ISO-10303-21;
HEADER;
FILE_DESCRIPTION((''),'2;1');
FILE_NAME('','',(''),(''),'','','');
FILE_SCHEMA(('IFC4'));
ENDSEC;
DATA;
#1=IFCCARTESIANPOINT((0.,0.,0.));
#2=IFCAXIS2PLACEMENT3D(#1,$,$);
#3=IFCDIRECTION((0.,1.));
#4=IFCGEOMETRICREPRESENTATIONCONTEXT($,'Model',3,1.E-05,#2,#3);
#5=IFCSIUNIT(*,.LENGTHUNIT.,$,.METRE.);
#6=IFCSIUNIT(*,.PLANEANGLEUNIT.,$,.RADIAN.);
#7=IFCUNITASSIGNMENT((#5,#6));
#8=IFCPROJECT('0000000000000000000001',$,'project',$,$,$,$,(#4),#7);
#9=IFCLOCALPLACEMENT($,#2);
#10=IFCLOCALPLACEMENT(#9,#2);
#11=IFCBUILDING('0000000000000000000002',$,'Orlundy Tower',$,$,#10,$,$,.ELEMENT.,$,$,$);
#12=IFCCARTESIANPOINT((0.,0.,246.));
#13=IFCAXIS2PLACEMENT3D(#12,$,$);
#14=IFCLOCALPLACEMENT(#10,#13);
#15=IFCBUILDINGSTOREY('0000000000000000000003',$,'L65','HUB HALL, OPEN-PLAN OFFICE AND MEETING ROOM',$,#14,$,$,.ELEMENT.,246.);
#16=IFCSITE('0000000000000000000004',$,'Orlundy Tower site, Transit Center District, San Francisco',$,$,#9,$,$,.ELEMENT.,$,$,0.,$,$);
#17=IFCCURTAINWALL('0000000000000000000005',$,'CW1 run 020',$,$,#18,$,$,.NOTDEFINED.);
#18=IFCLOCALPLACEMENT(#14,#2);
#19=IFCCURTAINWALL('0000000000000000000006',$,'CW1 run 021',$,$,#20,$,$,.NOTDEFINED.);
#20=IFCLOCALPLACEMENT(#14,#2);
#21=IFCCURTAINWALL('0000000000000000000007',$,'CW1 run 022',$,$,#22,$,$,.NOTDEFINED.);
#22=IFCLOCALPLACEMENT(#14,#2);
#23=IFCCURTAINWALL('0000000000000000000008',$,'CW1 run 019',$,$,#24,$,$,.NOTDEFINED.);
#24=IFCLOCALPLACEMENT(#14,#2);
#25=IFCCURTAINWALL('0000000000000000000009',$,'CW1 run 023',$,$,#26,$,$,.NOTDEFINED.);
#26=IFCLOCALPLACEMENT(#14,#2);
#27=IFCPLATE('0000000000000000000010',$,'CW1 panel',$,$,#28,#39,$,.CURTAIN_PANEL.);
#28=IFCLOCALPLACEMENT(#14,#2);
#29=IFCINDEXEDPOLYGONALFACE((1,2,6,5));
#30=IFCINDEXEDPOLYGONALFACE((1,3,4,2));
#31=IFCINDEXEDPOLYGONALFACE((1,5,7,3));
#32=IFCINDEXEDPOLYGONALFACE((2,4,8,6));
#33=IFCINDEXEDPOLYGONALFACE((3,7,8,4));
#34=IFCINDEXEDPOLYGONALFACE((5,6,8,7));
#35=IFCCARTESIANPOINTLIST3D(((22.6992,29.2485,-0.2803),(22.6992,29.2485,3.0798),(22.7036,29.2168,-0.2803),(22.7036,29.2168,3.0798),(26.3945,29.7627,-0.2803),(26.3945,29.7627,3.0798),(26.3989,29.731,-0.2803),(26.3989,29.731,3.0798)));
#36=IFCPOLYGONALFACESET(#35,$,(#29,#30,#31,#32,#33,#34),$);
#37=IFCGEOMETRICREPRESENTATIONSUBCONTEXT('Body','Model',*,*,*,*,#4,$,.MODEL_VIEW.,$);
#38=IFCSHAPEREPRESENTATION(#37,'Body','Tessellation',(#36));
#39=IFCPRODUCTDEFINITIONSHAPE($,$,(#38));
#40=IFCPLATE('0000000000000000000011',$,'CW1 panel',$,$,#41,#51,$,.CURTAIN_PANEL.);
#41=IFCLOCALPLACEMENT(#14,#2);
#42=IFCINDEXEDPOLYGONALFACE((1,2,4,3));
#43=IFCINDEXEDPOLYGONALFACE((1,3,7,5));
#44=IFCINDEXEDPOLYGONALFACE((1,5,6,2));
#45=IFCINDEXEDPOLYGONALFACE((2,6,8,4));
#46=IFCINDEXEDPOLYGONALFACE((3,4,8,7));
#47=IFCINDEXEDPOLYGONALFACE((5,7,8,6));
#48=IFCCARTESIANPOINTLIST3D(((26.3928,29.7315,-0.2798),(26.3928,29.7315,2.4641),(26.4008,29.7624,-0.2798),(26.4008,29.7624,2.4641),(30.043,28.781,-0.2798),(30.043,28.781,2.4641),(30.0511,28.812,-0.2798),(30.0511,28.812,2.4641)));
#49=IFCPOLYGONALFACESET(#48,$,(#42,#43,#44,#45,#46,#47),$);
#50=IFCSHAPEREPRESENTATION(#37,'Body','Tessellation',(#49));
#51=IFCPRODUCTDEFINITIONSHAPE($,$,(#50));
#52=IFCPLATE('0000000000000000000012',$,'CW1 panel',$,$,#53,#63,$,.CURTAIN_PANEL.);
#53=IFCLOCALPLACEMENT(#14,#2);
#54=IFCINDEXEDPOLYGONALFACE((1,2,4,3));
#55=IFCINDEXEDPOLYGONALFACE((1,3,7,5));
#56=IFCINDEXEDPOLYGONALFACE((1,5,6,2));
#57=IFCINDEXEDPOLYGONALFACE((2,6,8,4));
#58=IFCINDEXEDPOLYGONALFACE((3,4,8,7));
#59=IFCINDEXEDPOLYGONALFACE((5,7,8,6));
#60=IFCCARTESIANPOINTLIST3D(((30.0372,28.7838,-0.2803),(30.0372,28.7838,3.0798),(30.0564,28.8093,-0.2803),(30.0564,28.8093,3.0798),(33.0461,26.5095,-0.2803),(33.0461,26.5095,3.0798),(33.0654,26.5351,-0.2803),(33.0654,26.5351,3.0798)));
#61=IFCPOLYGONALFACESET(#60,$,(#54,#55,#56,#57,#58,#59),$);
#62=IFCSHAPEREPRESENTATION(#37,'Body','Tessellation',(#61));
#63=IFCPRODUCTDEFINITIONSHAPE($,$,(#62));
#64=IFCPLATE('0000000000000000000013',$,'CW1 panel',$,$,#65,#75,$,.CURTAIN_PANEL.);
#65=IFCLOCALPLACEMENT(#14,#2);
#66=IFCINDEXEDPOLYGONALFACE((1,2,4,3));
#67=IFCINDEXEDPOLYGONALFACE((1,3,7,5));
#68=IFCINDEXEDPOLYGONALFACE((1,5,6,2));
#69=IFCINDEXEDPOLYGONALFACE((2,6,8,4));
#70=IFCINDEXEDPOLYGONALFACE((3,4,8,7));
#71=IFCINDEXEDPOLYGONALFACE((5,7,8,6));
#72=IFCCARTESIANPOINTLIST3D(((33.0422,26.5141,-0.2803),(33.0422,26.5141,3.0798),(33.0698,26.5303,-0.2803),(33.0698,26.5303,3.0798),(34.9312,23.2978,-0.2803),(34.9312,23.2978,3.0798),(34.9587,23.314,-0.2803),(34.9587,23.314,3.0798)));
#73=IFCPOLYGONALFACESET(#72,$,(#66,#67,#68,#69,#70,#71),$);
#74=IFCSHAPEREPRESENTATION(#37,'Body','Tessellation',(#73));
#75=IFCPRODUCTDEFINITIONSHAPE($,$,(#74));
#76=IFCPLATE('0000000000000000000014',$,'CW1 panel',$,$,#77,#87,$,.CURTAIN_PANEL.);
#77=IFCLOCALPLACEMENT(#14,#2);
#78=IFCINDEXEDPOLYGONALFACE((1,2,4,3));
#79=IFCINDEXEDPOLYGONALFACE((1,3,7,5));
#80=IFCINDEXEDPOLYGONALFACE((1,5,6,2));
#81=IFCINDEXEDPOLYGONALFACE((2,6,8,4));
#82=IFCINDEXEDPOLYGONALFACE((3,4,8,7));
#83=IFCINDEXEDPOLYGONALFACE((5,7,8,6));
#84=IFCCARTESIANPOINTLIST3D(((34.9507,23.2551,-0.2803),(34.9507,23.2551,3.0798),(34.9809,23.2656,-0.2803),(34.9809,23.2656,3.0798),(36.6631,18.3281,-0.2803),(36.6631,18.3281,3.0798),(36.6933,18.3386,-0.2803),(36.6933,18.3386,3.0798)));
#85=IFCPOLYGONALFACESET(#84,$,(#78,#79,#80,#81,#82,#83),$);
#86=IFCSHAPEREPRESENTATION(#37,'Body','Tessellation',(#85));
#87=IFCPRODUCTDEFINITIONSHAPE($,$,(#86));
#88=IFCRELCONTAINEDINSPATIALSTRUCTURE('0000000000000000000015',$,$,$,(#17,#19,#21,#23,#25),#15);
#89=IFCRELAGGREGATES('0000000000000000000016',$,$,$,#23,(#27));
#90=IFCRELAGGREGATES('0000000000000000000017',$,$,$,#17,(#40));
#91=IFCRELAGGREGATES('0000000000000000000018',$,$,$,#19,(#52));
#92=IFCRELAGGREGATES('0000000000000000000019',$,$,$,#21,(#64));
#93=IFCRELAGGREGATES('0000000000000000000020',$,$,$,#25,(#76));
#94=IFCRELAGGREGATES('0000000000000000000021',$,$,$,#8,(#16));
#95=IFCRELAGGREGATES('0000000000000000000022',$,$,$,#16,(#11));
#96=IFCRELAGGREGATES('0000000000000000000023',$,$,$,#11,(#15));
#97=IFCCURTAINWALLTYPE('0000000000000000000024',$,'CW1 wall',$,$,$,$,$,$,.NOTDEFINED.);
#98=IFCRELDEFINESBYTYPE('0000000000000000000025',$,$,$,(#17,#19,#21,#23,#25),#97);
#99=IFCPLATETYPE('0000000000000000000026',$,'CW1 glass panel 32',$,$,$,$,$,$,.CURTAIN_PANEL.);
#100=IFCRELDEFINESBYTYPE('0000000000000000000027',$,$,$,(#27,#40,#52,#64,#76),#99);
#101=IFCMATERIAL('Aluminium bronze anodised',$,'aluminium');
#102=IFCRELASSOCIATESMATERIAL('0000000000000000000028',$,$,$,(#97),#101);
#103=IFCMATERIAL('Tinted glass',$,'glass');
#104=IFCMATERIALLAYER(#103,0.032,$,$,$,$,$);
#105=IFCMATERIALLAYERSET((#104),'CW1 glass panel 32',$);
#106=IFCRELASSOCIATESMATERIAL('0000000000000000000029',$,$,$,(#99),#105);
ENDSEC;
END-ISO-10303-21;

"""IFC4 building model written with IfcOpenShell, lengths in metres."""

from ifc_helpers import new_model, si_unit, direction, frame, origin, origin_2d, place, context, subcontext, project, spatial, rectangle, extrude, material, layer, layer_set, type_object, element, aggregate, save


model = new_model("IFC4")

# Units and contexts
model_context = context("Model", 3, precision=1e-05, world=origin(), true_north=direction((0.0, 1.0)))
body_context = subcontext(model_context, "Body", "Model", "MODEL_VIEW")
ifc_project = project(units=[si_unit("LENGTHUNIT", "METRE"), si_unit("PLANEANGLEUNIT", "RADIAN")], contexts=[model_context])

# Site, building, storey
site_placement = place(None, origin())
site = spatial("IfcSite", under=ifc_project, at=site_placement, Name="Orlundy Tower site, Transit Center District, San Francisco", CompositionType="ELEMENT", RefElevation=0.0)
building_placement = place(site_placement, origin())
building = spatial("IfcBuilding", under=site, at=building_placement, Name="Orlundy Tower", CompositionType="ELEMENT")
storey_placement = place(building_placement, frame((0.0, 0.0, 246.0)))
storey = spatial("IfcBuildingStorey", under=building, at=storey_placement, Name="L65", Description="HUB HALL, OPEN-PLAN OFFICE AND MEETING ROOM", CompositionType="ELEMENT", Elevation=246.0)

# Curtain walls
ifc_material_1 = material(Name="Aluminium bronze anodised", Category="aluminium")
curtain_wall_type = type_object("IfcCurtainWallType", Name="CW1 wall", PredefinedType="NOTDEFINED", material=ifc_material_1)
curtain_wall_1_placement = place(storey_placement, origin())
curtain_wall_1 = element("IfcCurtainWall", 1, at=curtain_wall_1_placement, inside=storey, type_object=curtain_wall_type, Name="CW1 run 020", PredefinedType="NOTDEFINED")
curtain_wall_2_placement = place(storey_placement, origin())
curtain_wall_2 = element("IfcCurtainWall", 2, at=curtain_wall_2_placement, inside=storey, type_object=curtain_wall_type, Name="CW1 run 021", PredefinedType="NOTDEFINED")
curtain_wall_3_placement = place(storey_placement, origin())
curtain_wall_3 = element("IfcCurtainWall", 3, at=curtain_wall_3_placement, inside=storey, type_object=curtain_wall_type, Name="CW1 run 022", PredefinedType="NOTDEFINED")
curtain_wall_4_placement = place(storey_placement, origin())
curtain_wall_4 = element("IfcCurtainWall", 4, at=curtain_wall_4_placement, inside=storey, type_object=curtain_wall_type, Name="CW1 run 019", PredefinedType="NOTDEFINED")
curtain_wall_5_placement = place(storey_placement, origin())
curtain_wall_5 = element("IfcCurtainWall", 5, at=curtain_wall_5_placement, inside=storey, type_object=curtain_wall_type, Name="CW1 run 023", PredefinedType="NOTDEFINED")

# Shared definitions
ifc_material_2 = material(Name="Tinted glass", Category="glass")
ifc_layer = layer(ifc_material_2, 0.032)
ifc_layer_set = layer_set([ifc_layer], Name="CW1 glass panel 32")
plate_type = type_object("IfcPlateType", Name="CW1 glass panel 32", PredefinedType="CURTAIN_PANEL", material=ifc_layer_set)

# Plates
plate_1_placement = place(storey_placement, frame((24.5491, 29.4897, -0.2803), z_axis=(0.0, 0.0, 1.0), x_axis=(0.990455, 0.137833, 0.0)))
plate_1 = element("IfcPlate", 6, at=plate_1_placement, type_object=plate_type, Name="CW1 panel", PredefinedType="CURTAIN_PANEL", context=body_context, shape_type="SweptSolid", body=[
    extrude(rectangle(XDim=3.731, YDim=0.032, at=origin_2d()), origin(), (0.0, 0.0, 1.0), 3.3601),
])
aggregate(curtain_wall_4, [plate_1])
plate_2_placement = place(storey_placement, frame((28.2219, 29.2717, -0.2798), z_axis=(0.0, 0.0, 1.0), x_axis=(0.967732, -0.251983, 0.0)))
plate_2 = element("IfcPlate", 7, at=plate_2_placement, type_object=plate_type, Name="CW1 panel", PredefinedType="CURTAIN_PANEL", context=body_context, shape_type="SweptSolid", body=[
    extrude(rectangle(XDim=3.772, YDim=0.032, at=origin_2d()), origin(), (0.0, 0.0, 1.0), 2.7439),
])
aggregate(curtain_wall_1, [plate_2])
plate_3_placement = place(storey_placement, frame((31.5513, 27.6594, -0.2803), z_axis=(0.0, 0.0, 1.0), x_axis=(0.797761, -0.602974, 0.0)))
plate_3 = element("IfcPlate", 8, at=plate_3_placement, type_object=plate_type, Name="CW1 panel", PredefinedType="CURTAIN_PANEL", context=body_context, shape_type="SweptSolid", body=[
    extrude(rectangle(XDim=3.7717, YDim=0.032, at=origin_2d()), origin(), (0.0, 0.0, 1.0), 3.3601),
])
aggregate(curtain_wall_2, [plate_3])
plate_4_placement = place(storey_placement, frame((34.0005, 24.9141, -0.2803), z_axis=(0.0, 0.0, 1.0), x_axis=(0.506419, -0.862288, 0.0)))
plate_4 = element("IfcPlate", 9, at=plate_4_placement, type_object=plate_type, Name="CW1 panel", PredefinedType="CURTAIN_PANEL", context=body_context, shape_type="SweptSolid", body=[
    extrude(rectangle(XDim=3.73, YDim=0.032, at=origin_2d()), origin(), (0.0, 0.0, 1.0), 3.3601),
])
aggregate(curtain_wall_3, [plate_4])
plate_5_placement = place(storey_placement, frame((35.822, 20.7969, -0.2803), z_axis=(0.0, 0.0, 1.0), x_axis=(0.328288, -0.944578, 0.0)))
plate_5 = element("IfcPlate", 10, at=plate_5_placement, type_object=plate_type, Name="CW1 panel", PredefinedType="CURTAIN_PANEL", context=body_context, shape_type="SweptSolid", body=[
    extrude(rectangle(XDim=5.2161, YDim=0.032, at=origin_2d()), origin(), (0.0, 0.0, 1.0), 3.3601),
])
aggregate(curtain_wall_5, [plate_5])

save(model, "model.ifc")
